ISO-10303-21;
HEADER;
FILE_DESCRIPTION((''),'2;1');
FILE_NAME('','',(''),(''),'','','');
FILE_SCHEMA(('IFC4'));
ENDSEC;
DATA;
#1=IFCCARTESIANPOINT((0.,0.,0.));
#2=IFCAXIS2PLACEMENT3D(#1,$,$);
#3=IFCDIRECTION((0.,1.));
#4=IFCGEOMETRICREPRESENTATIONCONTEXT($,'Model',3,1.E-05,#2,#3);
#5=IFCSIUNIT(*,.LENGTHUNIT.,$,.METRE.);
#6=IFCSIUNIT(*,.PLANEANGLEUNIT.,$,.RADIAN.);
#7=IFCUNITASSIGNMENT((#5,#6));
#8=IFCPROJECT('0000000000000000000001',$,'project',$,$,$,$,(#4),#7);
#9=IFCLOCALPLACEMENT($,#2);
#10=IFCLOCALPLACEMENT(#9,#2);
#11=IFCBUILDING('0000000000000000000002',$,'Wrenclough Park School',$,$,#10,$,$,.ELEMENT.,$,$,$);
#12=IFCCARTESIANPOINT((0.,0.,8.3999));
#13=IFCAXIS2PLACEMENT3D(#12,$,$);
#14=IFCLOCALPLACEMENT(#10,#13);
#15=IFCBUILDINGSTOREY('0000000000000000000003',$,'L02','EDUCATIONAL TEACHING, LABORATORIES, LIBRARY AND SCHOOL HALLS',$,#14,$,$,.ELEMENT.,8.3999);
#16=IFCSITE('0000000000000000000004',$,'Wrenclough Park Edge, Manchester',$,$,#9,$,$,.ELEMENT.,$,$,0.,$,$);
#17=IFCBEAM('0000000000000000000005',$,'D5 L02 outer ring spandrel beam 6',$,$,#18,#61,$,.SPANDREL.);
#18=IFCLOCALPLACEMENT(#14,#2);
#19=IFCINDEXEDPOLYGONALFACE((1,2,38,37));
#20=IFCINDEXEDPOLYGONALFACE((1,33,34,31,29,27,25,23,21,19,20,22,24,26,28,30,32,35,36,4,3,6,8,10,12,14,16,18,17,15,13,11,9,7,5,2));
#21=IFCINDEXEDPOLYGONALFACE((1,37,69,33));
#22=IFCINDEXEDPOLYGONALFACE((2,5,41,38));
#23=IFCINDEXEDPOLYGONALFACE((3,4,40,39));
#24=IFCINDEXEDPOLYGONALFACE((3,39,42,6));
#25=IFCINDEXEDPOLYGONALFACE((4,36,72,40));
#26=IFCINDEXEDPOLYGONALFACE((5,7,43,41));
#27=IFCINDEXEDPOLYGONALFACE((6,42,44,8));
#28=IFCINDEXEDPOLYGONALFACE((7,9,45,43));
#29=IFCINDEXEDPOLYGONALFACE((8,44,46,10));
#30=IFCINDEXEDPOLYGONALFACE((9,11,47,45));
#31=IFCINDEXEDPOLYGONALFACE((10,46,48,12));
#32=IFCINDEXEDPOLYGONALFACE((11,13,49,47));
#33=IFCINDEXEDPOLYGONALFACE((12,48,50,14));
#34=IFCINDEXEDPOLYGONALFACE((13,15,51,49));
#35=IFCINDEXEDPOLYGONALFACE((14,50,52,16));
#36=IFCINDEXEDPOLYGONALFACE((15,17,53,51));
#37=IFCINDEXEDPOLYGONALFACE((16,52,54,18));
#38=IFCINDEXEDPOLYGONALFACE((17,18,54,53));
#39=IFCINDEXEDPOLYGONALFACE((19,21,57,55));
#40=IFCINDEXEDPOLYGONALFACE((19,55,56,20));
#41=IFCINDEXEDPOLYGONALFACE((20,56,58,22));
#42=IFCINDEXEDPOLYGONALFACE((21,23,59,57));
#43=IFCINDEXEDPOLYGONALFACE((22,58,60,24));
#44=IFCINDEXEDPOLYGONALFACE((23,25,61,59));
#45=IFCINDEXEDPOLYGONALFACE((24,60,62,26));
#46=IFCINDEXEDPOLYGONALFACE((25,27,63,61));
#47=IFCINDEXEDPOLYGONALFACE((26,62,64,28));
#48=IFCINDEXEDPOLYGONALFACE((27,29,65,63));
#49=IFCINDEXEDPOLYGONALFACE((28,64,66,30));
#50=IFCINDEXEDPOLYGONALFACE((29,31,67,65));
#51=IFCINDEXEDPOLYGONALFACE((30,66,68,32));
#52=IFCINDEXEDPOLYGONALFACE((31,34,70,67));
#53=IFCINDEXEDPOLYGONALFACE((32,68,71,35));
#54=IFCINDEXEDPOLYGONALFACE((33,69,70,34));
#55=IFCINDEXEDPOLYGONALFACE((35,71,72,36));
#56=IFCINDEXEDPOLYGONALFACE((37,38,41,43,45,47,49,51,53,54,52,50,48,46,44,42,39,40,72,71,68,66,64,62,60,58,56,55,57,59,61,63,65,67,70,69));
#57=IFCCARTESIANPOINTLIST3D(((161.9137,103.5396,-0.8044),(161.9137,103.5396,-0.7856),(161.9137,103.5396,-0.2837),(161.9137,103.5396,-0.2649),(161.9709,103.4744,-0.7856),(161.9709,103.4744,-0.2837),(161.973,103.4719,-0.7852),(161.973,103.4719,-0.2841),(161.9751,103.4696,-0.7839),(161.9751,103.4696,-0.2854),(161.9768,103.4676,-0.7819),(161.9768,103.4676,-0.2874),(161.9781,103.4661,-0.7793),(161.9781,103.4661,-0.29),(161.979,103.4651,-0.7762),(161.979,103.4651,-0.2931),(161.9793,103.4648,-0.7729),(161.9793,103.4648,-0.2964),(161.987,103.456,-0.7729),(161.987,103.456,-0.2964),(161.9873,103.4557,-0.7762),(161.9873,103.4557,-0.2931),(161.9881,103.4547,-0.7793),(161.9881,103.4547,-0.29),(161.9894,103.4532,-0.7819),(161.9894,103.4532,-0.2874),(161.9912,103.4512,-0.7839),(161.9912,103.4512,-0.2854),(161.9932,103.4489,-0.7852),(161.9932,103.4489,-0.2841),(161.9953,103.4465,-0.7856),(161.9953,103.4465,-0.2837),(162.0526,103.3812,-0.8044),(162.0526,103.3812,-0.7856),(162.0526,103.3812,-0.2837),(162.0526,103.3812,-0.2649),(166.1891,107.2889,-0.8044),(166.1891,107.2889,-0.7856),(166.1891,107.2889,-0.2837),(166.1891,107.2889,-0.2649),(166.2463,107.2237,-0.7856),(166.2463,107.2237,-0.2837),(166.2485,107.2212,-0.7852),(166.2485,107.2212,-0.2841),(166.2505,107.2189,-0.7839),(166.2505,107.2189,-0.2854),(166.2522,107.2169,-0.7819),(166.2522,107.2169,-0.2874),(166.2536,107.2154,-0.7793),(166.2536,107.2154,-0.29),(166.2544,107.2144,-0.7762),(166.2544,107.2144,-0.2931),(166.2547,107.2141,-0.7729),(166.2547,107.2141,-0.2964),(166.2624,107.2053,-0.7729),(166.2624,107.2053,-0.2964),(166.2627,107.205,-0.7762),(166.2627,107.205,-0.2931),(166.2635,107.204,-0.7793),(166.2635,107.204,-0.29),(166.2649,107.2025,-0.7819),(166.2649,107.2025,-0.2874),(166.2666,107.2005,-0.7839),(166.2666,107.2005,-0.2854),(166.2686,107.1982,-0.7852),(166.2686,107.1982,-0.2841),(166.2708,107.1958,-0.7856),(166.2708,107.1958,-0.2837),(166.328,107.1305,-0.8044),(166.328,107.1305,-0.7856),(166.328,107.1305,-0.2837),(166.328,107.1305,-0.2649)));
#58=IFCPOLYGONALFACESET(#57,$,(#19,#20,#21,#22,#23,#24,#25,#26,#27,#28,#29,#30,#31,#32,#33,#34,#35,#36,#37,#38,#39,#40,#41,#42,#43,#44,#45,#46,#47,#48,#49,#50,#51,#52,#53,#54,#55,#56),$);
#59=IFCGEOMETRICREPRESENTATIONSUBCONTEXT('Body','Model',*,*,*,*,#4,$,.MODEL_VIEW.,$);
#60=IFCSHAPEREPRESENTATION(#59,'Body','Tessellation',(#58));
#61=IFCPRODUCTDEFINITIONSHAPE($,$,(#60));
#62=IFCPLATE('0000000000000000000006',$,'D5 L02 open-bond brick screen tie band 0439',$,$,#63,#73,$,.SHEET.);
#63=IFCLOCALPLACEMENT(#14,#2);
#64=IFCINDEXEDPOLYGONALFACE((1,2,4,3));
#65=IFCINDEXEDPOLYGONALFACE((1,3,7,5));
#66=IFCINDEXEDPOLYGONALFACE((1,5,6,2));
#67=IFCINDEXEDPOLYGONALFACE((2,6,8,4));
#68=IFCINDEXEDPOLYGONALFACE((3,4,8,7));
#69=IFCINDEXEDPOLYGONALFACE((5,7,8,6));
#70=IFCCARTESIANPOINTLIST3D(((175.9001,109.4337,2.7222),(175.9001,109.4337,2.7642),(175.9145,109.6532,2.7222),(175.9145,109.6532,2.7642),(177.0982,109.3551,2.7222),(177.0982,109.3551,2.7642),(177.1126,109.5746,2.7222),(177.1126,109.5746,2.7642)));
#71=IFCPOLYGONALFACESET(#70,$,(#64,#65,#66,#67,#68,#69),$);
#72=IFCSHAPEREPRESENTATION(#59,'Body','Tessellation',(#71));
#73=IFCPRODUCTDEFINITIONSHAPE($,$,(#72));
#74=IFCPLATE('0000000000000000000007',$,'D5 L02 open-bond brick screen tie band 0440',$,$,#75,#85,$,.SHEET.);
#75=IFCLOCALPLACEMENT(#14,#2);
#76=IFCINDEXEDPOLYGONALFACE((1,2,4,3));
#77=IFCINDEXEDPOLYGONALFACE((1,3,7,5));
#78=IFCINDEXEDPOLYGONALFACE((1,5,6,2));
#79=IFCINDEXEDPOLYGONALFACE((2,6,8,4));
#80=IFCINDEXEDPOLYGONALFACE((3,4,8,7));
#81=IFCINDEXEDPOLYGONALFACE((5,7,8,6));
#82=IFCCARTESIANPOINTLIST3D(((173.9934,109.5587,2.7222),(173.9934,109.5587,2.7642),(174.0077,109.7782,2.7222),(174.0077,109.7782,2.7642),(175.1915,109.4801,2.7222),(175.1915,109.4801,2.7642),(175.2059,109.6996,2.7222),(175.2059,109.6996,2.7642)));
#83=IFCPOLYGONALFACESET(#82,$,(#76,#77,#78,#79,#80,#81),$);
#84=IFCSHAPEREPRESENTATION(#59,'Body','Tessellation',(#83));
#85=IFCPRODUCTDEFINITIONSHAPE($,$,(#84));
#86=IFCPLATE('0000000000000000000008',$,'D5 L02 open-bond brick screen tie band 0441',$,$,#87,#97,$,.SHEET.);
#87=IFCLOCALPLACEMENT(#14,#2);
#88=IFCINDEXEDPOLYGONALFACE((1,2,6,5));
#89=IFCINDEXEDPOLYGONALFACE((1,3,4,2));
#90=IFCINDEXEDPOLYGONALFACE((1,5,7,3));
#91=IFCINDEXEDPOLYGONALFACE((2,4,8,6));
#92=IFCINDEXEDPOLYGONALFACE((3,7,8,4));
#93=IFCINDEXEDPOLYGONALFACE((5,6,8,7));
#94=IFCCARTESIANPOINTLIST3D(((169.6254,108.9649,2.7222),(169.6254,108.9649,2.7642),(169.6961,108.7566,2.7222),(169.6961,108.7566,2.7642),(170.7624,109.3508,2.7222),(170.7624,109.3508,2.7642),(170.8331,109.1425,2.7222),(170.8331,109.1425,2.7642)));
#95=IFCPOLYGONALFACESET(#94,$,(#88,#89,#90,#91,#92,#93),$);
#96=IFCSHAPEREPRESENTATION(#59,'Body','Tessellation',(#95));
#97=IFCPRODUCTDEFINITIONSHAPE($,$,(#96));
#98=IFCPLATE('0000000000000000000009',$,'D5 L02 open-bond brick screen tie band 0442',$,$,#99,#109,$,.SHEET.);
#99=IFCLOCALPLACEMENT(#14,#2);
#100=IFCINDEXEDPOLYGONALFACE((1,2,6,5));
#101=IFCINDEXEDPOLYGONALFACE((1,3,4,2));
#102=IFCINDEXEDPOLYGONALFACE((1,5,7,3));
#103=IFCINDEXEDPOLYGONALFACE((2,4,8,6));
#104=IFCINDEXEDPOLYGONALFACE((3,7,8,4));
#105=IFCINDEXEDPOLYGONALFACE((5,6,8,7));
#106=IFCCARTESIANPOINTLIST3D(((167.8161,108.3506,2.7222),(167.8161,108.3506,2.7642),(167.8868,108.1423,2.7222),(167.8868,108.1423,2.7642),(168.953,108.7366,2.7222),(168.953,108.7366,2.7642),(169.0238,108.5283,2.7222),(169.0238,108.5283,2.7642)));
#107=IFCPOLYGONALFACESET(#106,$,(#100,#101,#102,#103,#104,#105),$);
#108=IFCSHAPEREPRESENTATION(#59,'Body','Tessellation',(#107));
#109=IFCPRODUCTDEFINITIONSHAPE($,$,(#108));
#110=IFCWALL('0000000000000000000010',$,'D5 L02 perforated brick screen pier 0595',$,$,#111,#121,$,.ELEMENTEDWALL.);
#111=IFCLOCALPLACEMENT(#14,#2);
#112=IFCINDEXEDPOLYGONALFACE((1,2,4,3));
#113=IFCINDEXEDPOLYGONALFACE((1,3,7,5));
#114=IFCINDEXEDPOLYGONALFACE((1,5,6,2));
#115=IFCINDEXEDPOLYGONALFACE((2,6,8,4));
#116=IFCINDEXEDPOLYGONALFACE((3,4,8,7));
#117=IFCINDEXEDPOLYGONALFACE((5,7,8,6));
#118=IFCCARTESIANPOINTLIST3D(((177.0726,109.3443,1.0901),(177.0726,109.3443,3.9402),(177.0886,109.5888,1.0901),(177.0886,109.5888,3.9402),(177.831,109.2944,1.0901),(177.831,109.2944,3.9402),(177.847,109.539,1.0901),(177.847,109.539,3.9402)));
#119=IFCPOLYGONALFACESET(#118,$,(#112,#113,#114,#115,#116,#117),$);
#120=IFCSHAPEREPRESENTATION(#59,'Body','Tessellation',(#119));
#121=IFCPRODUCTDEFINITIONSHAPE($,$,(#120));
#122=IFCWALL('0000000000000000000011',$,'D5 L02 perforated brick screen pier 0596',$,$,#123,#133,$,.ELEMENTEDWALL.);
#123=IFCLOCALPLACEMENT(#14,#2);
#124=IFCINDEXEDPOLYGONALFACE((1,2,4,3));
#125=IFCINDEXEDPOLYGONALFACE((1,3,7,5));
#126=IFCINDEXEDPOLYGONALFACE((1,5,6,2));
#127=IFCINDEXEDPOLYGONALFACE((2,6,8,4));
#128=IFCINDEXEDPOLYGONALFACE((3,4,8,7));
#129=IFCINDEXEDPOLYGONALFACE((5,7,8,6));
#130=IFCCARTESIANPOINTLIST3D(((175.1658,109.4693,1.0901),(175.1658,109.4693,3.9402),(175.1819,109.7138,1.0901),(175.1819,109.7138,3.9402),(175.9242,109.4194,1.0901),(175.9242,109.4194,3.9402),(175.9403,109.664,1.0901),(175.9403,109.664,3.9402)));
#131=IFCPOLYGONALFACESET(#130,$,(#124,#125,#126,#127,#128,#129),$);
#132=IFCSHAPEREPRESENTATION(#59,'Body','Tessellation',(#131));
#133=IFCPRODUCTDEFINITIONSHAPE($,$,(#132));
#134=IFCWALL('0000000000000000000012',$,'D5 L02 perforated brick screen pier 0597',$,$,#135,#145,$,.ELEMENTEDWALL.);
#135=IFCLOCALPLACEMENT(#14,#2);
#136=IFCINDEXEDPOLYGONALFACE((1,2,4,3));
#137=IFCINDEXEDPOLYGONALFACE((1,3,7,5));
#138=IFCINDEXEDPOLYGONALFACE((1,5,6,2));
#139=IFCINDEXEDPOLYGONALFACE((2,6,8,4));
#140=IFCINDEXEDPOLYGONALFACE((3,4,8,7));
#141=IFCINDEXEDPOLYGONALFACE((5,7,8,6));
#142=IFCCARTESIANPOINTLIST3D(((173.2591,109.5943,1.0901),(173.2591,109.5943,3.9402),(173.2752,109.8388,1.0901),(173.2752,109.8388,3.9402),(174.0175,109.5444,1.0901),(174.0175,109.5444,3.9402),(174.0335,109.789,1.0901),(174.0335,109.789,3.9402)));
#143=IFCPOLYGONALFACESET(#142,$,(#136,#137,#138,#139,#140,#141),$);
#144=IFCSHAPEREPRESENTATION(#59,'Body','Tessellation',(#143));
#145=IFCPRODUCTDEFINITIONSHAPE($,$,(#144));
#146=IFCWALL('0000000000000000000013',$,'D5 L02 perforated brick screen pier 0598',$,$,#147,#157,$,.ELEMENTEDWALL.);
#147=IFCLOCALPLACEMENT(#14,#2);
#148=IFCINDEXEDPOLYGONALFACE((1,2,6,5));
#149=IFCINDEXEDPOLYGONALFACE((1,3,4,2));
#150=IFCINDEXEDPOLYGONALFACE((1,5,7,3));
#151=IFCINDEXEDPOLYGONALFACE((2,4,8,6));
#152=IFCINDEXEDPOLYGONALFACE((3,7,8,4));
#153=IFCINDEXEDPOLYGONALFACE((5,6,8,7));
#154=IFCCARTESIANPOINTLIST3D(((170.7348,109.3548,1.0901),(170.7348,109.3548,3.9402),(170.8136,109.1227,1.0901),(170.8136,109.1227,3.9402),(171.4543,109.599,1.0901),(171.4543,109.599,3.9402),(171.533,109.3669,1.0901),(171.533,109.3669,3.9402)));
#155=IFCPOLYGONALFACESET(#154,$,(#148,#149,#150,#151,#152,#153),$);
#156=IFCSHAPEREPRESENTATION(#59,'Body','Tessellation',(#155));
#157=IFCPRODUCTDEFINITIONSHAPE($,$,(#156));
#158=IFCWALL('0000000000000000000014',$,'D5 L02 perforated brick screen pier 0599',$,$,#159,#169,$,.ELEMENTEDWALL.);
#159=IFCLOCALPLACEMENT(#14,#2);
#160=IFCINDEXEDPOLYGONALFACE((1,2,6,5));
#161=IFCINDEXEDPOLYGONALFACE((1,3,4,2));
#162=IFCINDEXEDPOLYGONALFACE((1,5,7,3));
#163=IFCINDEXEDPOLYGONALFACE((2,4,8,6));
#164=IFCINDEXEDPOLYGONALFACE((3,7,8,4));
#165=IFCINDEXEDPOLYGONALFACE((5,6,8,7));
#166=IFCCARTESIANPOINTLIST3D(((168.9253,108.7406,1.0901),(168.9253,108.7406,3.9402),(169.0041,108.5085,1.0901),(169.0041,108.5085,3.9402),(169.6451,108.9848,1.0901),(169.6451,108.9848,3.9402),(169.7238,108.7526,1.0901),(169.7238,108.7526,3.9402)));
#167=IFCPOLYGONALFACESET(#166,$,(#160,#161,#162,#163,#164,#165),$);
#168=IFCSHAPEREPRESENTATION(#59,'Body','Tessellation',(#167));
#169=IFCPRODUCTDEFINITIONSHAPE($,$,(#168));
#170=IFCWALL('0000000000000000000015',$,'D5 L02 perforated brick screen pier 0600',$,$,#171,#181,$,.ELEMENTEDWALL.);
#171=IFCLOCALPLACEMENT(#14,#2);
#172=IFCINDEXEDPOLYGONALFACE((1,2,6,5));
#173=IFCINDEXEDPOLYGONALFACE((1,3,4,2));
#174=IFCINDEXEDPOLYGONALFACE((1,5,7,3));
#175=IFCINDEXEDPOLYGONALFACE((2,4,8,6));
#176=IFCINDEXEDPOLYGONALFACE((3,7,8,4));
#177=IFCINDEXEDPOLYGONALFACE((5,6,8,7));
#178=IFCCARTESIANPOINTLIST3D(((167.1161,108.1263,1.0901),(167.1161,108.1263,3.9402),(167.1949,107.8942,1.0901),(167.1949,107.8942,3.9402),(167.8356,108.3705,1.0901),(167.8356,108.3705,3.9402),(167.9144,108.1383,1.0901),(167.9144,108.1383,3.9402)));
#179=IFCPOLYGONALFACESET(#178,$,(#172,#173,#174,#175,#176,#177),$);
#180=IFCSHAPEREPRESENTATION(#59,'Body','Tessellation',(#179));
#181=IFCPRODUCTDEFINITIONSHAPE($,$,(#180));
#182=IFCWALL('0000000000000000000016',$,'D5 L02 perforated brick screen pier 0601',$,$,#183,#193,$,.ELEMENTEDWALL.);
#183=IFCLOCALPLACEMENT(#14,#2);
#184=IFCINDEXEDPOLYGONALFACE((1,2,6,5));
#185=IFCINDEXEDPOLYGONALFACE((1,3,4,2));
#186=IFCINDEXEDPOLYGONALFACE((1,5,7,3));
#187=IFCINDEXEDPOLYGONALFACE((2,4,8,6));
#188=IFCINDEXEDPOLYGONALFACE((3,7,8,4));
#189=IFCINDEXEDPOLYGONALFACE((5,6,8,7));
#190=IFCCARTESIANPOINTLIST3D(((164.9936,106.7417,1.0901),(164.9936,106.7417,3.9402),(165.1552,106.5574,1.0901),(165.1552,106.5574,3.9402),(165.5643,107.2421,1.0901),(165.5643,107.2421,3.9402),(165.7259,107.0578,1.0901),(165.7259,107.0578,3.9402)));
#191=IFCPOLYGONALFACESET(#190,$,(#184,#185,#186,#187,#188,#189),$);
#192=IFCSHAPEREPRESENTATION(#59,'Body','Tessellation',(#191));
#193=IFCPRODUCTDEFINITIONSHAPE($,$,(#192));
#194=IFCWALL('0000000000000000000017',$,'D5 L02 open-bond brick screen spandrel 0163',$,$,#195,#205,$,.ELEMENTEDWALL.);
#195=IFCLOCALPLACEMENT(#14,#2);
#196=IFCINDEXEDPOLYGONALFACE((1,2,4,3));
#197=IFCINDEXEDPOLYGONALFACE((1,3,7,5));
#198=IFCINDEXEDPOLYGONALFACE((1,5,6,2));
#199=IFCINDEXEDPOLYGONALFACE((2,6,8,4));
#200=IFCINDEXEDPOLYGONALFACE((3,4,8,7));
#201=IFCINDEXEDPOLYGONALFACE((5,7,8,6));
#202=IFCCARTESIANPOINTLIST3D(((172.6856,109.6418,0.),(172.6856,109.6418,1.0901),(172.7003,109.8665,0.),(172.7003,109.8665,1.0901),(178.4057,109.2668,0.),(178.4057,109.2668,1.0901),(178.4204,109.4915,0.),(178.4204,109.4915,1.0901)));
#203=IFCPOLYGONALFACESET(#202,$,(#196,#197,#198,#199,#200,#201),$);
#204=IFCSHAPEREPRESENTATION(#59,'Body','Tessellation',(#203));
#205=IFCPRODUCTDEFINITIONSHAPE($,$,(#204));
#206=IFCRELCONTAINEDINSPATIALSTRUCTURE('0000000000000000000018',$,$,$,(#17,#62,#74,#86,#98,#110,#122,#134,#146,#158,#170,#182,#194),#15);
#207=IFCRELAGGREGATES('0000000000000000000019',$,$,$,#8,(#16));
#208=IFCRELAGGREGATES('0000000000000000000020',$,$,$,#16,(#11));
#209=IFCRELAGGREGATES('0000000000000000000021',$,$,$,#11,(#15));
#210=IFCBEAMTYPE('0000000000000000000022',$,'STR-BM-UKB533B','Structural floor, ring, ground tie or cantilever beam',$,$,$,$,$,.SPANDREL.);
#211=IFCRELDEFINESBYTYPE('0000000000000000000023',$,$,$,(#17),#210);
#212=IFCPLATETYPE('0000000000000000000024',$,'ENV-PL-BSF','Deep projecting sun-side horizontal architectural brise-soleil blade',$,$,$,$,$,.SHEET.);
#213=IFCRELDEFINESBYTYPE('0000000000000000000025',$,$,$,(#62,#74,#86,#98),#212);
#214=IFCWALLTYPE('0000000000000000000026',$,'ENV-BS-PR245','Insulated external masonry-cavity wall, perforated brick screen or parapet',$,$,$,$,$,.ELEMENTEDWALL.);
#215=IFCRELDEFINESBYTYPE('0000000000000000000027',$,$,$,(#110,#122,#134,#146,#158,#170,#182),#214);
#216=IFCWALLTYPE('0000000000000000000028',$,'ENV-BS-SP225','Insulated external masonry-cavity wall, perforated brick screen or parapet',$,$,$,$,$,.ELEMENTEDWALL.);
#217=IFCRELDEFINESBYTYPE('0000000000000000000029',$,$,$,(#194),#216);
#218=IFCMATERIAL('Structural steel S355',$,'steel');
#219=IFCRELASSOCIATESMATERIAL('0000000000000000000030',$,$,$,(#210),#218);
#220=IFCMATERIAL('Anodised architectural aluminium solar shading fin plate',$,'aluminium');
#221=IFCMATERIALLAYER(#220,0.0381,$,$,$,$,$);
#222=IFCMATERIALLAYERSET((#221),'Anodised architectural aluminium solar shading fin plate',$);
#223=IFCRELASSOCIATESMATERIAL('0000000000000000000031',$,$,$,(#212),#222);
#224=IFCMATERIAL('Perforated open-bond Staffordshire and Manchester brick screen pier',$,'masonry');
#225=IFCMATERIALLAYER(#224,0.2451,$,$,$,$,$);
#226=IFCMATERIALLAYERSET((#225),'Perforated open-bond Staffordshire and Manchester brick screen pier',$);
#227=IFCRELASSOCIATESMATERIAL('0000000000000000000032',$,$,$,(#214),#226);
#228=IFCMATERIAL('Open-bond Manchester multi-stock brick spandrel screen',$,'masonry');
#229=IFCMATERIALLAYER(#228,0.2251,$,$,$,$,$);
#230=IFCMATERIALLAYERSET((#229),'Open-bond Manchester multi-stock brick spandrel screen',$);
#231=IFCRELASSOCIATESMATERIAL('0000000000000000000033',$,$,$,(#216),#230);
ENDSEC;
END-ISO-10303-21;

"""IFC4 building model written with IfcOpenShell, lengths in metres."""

from ifc_helpers import new_model, si_unit, direction, frame, frame_2d, origin, origin_2d, place, context, subcontext, project, spatial, rectangle, i_section, extrude, material, layer, layer_set, material_profile, profile_set, type_object, element, save


model = new_model("IFC4")

# Units and contexts
model_context = context("Model", 3, precision=1e-05, world=origin(), true_north=direction((0.0, 1.0)))
body_context = subcontext(model_context, "Body", "Model", "MODEL_VIEW")
ifc_project = project(units=[si_unit("LENGTHUNIT", "METRE"), si_unit("PLANEANGLEUNIT", "RADIAN")], contexts=[model_context])

# Site, building, storey
site_placement = place(None, origin())
site = spatial("IfcSite", under=ifc_project, at=site_placement, Name="Wrenclough Park Edge, Manchester", CompositionType="ELEMENT", RefElevation=0.0)
building_placement = place(site_placement, origin())
building = spatial("IfcBuilding", under=site, at=building_placement, Name="Wrenclough Park School", CompositionType="ELEMENT")
storey_placement = place(building_placement, frame((0.0, 0.0, 8.3999)))
storey = spatial("IfcBuildingStorey", under=building, at=storey_placement, Name="L02", Description="EDUCATIONAL TEACHING, LABORATORIES, LIBRARY AND SCHOOL HALLS", CompositionType="ELEMENT", Elevation=8.3999)

# Beam
ifc_material_1 = material(Name="Structural steel S355", Category="steel")
ifc_material_profile_1 = material_profile(ifc_material_1, i_section(OverallWidth=0.2107, OverallDepth=0.5396, WebThickness=0.0117, FlangeThickness=0.0188, FilletRadius=0.0127, at=origin_2d()), Name="UKB 533x210x109")
ifc_profile_set_1 = profile_set([ifc_material_profile_1], Name="Structural steel S355")
beam_type_1 = type_object("IfcBeamType", Name="STR-BM-UKB533B", Description="Structural floor, ring, ground tie or cantilever beam", PredefinedType="SPANDREL", material=ifc_profile_set_1)
beam_1_placement = place(storey_placement, frame((166.2585, 107.2097, -0.5347), z_axis=(-0.751853, -0.659331, 0.0), x_axis=(0.659331, -0.751853, 0.0)))
element("IfcBeam", 1, at=beam_1_placement, inside=storey, type_object=beam_type_1, Name="D5 L02 outer ring spandrel beam 6", PredefinedType="SPANDREL", context=body_context, shape_type="SweptSolid", body=[
    extrude(i_section(OverallWidth=0.2107, OverallDepth=0.5396, WebThickness=0.0117, FlangeThickness=0.0188, FilletRadius=0.0127, at=origin_2d()), origin(), (0.0, 0.0, 1.0), 5.6865),
])

# Plates
ifc_material_2 = material(Name="Anodised architectural aluminium solar shading fin plate", Category="aluminium")
ifc_layer_1 = layer(ifc_material_2, 0.0381)
ifc_layer_set_1 = layer_set([ifc_layer_1], Name="Anodised architectural aluminium solar shading fin plate")
plate_type = type_object("IfcPlateType", Name="ENV-PL-BSF", Description="Deep projecting sun-side horizontal architectural brise-soleil blade", PredefinedType="SHEET", material=ifc_layer_set_1)
for number, where, z_axis, x_axis, name in (
    (2, (176.5063, 109.5042, 2.7222), (0.0, 0.0, 1.0), (-0.997858, 0.065417, 0.0), "D5 L02 open-bond brick screen tie band 0439"),
    (3, (174.5996, 109.6292, 2.7222), (0.0, 0.0, 1.0), (-0.997858, 0.065417, 0.0), "D5 L02 open-bond brick screen tie band 0440"),
    (4, (170.2292, 109.0537, 2.7222), (0.0, 0.0, 1.0), (-0.94693, -0.321441, 0.0), "D5 L02 open-bond brick screen tie band 0441"),
    (5, (168.4199, 108.4395, 2.7222), (0.0, 0.0, 1.0), (-0.94693, -0.321441, 0.0), "D5 L02 open-bond brick screen tie band 0442"),
):
    element("IfcPlate", number, at=place(storey_placement, frame(where, z_axis=z_axis, x_axis=x_axis)), inside=storey, type_object=plate_type, Name=name, PredefinedType="SHEET", context=body_context, shape_type="SweptSolid", body=[
        extrude(rectangle(XDim=1.2007, YDim=0.22, at=origin_2d()), origin(), (0.0, 0.0, 1.0), 0.042),
    ])

# Walls
ifc_material_3 = material(Name="Perforated open-bond Staffordshire and Manchester brick screen pier", Category="masonry")
ifc_layer_2 = layer(ifc_material_3, 0.2451)
ifc_layer_set_2 = layer_set([ifc_layer_2], Name="Perforated open-bond Staffordshire and Manchester brick screen pier")
wall_type_1 = type_object("IfcWallType", Name="ENV-BS-PR245", Description="Insulated external masonry-cavity wall, perforated brick screen or parapet", PredefinedType="ELEMENTEDWALL", material=ifc_layer_set_2)
for number, where, z_axis, x_axis, name in (
    (6, (177.8389, 109.4167, 1.0901), (0.0, 0.0, 1.0), (-0.99785, 0.065538, 0.0), "D5 L02 perforated brick screen pier 0595"),
    (7, (175.9321, 109.5417, 1.0901), (0.0, 0.0, 1.0), (-0.99785, 0.065538, 0.0), "D5 L02 perforated brick screen pier 0596"),
    (8, (174.0254, 109.6667, 1.0901), (0.0, 0.0, 1.0), (-0.99785, 0.065538, 0.0), "D5 L02 perforated brick screen pier 0597"),
):
    element("IfcWall", number, at=place(storey_placement, frame(where, z_axis=z_axis, x_axis=x_axis)), inside=storey, type_object=wall_type_1, Name=name, PredefinedType="ELEMENTEDWALL", context=body_context, shape_type="SweptSolid", body=[
        extrude(rectangle(XDim=0.76, YDim=0.2451, at=frame_2d((0.3799, 0.0))), origin(), (0.0, 0.0, 1.0), 2.8501),
    ])
wall_1_placement = place(storey_placement, frame((171.4937, 109.4829, 1.0901), z_axis=(0.0, 0.0, 1.0), x_axis=(-0.946966, -0.321332, 0.0)))
element("IfcWall", 9, at=wall_1_placement, inside=storey, type_object=wall_type_1, Name="D5 L02 perforated brick screen pier 0598", PredefinedType="ELEMENTEDWALL", context=body_context, shape_type="SweptSolid", body=[
    extrude(rectangle(XDim=0.7598, YDim=0.2451, at=frame_2d((0.3799, 0.0))), origin(), (0.0, 0.0, 1.0), 2.8501),
])
wall_2_placement = place(storey_placement, frame((169.6843, 108.8687, 1.0901), z_axis=(0.0, 0.0, 1.0), x_axis=(-0.947, -0.321235, 0.0)))
element("IfcWall", 10, at=wall_2_placement, inside=storey, type_object=wall_type_1, Name="D5 L02 perforated brick screen pier 0599", PredefinedType="ELEMENTEDWALL", context=body_context, shape_type="SweptSolid", body=[
    extrude(rectangle(XDim=0.76, YDim=0.2451, at=frame_2d((0.3799, 0.0))), origin(), (0.0, 0.0, 1.0), 2.8501),
])
wall_3_placement = place(storey_placement, frame((167.875, 108.2544, 1.0901), z_axis=(0.0, 0.0, 1.0), x_axis=(-0.946966, -0.321332, 0.0)))
element("IfcWall", 11, at=wall_3_placement, inside=storey, type_object=wall_type_1, Name="D5 L02 perforated brick screen pier 0600", PredefinedType="ELEMENTEDWALL", context=body_context, shape_type="SweptSolid", body=[
    extrude(rectangle(XDim=0.7598, YDim=0.2451, at=frame_2d((0.3799, 0.0))), origin(), (0.0, 0.0, 1.0), 2.8501),
])
wall_4_placement = place(storey_placement, frame((165.645, 107.1499, 1.0901), z_axis=(0.0, 0.0, 1.0), x_axis=(-0.751899, -0.659278, 0.0)))
element("IfcWall", 12, at=wall_4_placement, inside=storey, type_object=wall_type_1, Name="D5 L02 perforated brick screen pier 0601", PredefinedType="ELEMENTEDWALL", context=body_context, shape_type="SweptSolid", body=[
    extrude(rectangle(XDim=0.759, YDim=0.2451, at=frame_2d((0.3794, 0.0))), origin(), (0.0, 0.0, 1.0), 2.8501),
])
ifc_material_4 = material(Name="Open-bond Manchester multi-stock brick spandrel screen", Category="masonry")
ifc_layer_3 = layer(ifc_material_4, 0.2251)
ifc_layer_set_3 = layer_set([ifc_layer_3], Name="Open-bond Manchester multi-stock brick spandrel screen")
wall_type_2 = type_object("IfcWallType", Name="ENV-BS-SP225", Description="Insulated external masonry-cavity wall, perforated brick screen or parapet", PredefinedType="ELEMENTEDWALL", material=ifc_layer_set_3)
wall_5_placement = place(storey_placement, frame((178.4131, 109.3792, 0.0), z_axis=(0.0, 0.0, 1.0), x_axis=(-0.997858, 0.065417, 0.0)))
element("IfcWall", 13, at=wall_5_placement, inside=storey, type_object=wall_type_2, Name="D5 L02 open-bond brick screen spandrel 0163", PredefinedType="ELEMENTEDWALL", context=body_context, shape_type="SweptSolid", body=[
    extrude(rectangle(XDim=5.7324, YDim=0.2251, at=frame_2d((2.8662, 0.0))), origin(), (0.0, 0.0, 1.0), 1.0901),
])

save(model, "model.ifc")
